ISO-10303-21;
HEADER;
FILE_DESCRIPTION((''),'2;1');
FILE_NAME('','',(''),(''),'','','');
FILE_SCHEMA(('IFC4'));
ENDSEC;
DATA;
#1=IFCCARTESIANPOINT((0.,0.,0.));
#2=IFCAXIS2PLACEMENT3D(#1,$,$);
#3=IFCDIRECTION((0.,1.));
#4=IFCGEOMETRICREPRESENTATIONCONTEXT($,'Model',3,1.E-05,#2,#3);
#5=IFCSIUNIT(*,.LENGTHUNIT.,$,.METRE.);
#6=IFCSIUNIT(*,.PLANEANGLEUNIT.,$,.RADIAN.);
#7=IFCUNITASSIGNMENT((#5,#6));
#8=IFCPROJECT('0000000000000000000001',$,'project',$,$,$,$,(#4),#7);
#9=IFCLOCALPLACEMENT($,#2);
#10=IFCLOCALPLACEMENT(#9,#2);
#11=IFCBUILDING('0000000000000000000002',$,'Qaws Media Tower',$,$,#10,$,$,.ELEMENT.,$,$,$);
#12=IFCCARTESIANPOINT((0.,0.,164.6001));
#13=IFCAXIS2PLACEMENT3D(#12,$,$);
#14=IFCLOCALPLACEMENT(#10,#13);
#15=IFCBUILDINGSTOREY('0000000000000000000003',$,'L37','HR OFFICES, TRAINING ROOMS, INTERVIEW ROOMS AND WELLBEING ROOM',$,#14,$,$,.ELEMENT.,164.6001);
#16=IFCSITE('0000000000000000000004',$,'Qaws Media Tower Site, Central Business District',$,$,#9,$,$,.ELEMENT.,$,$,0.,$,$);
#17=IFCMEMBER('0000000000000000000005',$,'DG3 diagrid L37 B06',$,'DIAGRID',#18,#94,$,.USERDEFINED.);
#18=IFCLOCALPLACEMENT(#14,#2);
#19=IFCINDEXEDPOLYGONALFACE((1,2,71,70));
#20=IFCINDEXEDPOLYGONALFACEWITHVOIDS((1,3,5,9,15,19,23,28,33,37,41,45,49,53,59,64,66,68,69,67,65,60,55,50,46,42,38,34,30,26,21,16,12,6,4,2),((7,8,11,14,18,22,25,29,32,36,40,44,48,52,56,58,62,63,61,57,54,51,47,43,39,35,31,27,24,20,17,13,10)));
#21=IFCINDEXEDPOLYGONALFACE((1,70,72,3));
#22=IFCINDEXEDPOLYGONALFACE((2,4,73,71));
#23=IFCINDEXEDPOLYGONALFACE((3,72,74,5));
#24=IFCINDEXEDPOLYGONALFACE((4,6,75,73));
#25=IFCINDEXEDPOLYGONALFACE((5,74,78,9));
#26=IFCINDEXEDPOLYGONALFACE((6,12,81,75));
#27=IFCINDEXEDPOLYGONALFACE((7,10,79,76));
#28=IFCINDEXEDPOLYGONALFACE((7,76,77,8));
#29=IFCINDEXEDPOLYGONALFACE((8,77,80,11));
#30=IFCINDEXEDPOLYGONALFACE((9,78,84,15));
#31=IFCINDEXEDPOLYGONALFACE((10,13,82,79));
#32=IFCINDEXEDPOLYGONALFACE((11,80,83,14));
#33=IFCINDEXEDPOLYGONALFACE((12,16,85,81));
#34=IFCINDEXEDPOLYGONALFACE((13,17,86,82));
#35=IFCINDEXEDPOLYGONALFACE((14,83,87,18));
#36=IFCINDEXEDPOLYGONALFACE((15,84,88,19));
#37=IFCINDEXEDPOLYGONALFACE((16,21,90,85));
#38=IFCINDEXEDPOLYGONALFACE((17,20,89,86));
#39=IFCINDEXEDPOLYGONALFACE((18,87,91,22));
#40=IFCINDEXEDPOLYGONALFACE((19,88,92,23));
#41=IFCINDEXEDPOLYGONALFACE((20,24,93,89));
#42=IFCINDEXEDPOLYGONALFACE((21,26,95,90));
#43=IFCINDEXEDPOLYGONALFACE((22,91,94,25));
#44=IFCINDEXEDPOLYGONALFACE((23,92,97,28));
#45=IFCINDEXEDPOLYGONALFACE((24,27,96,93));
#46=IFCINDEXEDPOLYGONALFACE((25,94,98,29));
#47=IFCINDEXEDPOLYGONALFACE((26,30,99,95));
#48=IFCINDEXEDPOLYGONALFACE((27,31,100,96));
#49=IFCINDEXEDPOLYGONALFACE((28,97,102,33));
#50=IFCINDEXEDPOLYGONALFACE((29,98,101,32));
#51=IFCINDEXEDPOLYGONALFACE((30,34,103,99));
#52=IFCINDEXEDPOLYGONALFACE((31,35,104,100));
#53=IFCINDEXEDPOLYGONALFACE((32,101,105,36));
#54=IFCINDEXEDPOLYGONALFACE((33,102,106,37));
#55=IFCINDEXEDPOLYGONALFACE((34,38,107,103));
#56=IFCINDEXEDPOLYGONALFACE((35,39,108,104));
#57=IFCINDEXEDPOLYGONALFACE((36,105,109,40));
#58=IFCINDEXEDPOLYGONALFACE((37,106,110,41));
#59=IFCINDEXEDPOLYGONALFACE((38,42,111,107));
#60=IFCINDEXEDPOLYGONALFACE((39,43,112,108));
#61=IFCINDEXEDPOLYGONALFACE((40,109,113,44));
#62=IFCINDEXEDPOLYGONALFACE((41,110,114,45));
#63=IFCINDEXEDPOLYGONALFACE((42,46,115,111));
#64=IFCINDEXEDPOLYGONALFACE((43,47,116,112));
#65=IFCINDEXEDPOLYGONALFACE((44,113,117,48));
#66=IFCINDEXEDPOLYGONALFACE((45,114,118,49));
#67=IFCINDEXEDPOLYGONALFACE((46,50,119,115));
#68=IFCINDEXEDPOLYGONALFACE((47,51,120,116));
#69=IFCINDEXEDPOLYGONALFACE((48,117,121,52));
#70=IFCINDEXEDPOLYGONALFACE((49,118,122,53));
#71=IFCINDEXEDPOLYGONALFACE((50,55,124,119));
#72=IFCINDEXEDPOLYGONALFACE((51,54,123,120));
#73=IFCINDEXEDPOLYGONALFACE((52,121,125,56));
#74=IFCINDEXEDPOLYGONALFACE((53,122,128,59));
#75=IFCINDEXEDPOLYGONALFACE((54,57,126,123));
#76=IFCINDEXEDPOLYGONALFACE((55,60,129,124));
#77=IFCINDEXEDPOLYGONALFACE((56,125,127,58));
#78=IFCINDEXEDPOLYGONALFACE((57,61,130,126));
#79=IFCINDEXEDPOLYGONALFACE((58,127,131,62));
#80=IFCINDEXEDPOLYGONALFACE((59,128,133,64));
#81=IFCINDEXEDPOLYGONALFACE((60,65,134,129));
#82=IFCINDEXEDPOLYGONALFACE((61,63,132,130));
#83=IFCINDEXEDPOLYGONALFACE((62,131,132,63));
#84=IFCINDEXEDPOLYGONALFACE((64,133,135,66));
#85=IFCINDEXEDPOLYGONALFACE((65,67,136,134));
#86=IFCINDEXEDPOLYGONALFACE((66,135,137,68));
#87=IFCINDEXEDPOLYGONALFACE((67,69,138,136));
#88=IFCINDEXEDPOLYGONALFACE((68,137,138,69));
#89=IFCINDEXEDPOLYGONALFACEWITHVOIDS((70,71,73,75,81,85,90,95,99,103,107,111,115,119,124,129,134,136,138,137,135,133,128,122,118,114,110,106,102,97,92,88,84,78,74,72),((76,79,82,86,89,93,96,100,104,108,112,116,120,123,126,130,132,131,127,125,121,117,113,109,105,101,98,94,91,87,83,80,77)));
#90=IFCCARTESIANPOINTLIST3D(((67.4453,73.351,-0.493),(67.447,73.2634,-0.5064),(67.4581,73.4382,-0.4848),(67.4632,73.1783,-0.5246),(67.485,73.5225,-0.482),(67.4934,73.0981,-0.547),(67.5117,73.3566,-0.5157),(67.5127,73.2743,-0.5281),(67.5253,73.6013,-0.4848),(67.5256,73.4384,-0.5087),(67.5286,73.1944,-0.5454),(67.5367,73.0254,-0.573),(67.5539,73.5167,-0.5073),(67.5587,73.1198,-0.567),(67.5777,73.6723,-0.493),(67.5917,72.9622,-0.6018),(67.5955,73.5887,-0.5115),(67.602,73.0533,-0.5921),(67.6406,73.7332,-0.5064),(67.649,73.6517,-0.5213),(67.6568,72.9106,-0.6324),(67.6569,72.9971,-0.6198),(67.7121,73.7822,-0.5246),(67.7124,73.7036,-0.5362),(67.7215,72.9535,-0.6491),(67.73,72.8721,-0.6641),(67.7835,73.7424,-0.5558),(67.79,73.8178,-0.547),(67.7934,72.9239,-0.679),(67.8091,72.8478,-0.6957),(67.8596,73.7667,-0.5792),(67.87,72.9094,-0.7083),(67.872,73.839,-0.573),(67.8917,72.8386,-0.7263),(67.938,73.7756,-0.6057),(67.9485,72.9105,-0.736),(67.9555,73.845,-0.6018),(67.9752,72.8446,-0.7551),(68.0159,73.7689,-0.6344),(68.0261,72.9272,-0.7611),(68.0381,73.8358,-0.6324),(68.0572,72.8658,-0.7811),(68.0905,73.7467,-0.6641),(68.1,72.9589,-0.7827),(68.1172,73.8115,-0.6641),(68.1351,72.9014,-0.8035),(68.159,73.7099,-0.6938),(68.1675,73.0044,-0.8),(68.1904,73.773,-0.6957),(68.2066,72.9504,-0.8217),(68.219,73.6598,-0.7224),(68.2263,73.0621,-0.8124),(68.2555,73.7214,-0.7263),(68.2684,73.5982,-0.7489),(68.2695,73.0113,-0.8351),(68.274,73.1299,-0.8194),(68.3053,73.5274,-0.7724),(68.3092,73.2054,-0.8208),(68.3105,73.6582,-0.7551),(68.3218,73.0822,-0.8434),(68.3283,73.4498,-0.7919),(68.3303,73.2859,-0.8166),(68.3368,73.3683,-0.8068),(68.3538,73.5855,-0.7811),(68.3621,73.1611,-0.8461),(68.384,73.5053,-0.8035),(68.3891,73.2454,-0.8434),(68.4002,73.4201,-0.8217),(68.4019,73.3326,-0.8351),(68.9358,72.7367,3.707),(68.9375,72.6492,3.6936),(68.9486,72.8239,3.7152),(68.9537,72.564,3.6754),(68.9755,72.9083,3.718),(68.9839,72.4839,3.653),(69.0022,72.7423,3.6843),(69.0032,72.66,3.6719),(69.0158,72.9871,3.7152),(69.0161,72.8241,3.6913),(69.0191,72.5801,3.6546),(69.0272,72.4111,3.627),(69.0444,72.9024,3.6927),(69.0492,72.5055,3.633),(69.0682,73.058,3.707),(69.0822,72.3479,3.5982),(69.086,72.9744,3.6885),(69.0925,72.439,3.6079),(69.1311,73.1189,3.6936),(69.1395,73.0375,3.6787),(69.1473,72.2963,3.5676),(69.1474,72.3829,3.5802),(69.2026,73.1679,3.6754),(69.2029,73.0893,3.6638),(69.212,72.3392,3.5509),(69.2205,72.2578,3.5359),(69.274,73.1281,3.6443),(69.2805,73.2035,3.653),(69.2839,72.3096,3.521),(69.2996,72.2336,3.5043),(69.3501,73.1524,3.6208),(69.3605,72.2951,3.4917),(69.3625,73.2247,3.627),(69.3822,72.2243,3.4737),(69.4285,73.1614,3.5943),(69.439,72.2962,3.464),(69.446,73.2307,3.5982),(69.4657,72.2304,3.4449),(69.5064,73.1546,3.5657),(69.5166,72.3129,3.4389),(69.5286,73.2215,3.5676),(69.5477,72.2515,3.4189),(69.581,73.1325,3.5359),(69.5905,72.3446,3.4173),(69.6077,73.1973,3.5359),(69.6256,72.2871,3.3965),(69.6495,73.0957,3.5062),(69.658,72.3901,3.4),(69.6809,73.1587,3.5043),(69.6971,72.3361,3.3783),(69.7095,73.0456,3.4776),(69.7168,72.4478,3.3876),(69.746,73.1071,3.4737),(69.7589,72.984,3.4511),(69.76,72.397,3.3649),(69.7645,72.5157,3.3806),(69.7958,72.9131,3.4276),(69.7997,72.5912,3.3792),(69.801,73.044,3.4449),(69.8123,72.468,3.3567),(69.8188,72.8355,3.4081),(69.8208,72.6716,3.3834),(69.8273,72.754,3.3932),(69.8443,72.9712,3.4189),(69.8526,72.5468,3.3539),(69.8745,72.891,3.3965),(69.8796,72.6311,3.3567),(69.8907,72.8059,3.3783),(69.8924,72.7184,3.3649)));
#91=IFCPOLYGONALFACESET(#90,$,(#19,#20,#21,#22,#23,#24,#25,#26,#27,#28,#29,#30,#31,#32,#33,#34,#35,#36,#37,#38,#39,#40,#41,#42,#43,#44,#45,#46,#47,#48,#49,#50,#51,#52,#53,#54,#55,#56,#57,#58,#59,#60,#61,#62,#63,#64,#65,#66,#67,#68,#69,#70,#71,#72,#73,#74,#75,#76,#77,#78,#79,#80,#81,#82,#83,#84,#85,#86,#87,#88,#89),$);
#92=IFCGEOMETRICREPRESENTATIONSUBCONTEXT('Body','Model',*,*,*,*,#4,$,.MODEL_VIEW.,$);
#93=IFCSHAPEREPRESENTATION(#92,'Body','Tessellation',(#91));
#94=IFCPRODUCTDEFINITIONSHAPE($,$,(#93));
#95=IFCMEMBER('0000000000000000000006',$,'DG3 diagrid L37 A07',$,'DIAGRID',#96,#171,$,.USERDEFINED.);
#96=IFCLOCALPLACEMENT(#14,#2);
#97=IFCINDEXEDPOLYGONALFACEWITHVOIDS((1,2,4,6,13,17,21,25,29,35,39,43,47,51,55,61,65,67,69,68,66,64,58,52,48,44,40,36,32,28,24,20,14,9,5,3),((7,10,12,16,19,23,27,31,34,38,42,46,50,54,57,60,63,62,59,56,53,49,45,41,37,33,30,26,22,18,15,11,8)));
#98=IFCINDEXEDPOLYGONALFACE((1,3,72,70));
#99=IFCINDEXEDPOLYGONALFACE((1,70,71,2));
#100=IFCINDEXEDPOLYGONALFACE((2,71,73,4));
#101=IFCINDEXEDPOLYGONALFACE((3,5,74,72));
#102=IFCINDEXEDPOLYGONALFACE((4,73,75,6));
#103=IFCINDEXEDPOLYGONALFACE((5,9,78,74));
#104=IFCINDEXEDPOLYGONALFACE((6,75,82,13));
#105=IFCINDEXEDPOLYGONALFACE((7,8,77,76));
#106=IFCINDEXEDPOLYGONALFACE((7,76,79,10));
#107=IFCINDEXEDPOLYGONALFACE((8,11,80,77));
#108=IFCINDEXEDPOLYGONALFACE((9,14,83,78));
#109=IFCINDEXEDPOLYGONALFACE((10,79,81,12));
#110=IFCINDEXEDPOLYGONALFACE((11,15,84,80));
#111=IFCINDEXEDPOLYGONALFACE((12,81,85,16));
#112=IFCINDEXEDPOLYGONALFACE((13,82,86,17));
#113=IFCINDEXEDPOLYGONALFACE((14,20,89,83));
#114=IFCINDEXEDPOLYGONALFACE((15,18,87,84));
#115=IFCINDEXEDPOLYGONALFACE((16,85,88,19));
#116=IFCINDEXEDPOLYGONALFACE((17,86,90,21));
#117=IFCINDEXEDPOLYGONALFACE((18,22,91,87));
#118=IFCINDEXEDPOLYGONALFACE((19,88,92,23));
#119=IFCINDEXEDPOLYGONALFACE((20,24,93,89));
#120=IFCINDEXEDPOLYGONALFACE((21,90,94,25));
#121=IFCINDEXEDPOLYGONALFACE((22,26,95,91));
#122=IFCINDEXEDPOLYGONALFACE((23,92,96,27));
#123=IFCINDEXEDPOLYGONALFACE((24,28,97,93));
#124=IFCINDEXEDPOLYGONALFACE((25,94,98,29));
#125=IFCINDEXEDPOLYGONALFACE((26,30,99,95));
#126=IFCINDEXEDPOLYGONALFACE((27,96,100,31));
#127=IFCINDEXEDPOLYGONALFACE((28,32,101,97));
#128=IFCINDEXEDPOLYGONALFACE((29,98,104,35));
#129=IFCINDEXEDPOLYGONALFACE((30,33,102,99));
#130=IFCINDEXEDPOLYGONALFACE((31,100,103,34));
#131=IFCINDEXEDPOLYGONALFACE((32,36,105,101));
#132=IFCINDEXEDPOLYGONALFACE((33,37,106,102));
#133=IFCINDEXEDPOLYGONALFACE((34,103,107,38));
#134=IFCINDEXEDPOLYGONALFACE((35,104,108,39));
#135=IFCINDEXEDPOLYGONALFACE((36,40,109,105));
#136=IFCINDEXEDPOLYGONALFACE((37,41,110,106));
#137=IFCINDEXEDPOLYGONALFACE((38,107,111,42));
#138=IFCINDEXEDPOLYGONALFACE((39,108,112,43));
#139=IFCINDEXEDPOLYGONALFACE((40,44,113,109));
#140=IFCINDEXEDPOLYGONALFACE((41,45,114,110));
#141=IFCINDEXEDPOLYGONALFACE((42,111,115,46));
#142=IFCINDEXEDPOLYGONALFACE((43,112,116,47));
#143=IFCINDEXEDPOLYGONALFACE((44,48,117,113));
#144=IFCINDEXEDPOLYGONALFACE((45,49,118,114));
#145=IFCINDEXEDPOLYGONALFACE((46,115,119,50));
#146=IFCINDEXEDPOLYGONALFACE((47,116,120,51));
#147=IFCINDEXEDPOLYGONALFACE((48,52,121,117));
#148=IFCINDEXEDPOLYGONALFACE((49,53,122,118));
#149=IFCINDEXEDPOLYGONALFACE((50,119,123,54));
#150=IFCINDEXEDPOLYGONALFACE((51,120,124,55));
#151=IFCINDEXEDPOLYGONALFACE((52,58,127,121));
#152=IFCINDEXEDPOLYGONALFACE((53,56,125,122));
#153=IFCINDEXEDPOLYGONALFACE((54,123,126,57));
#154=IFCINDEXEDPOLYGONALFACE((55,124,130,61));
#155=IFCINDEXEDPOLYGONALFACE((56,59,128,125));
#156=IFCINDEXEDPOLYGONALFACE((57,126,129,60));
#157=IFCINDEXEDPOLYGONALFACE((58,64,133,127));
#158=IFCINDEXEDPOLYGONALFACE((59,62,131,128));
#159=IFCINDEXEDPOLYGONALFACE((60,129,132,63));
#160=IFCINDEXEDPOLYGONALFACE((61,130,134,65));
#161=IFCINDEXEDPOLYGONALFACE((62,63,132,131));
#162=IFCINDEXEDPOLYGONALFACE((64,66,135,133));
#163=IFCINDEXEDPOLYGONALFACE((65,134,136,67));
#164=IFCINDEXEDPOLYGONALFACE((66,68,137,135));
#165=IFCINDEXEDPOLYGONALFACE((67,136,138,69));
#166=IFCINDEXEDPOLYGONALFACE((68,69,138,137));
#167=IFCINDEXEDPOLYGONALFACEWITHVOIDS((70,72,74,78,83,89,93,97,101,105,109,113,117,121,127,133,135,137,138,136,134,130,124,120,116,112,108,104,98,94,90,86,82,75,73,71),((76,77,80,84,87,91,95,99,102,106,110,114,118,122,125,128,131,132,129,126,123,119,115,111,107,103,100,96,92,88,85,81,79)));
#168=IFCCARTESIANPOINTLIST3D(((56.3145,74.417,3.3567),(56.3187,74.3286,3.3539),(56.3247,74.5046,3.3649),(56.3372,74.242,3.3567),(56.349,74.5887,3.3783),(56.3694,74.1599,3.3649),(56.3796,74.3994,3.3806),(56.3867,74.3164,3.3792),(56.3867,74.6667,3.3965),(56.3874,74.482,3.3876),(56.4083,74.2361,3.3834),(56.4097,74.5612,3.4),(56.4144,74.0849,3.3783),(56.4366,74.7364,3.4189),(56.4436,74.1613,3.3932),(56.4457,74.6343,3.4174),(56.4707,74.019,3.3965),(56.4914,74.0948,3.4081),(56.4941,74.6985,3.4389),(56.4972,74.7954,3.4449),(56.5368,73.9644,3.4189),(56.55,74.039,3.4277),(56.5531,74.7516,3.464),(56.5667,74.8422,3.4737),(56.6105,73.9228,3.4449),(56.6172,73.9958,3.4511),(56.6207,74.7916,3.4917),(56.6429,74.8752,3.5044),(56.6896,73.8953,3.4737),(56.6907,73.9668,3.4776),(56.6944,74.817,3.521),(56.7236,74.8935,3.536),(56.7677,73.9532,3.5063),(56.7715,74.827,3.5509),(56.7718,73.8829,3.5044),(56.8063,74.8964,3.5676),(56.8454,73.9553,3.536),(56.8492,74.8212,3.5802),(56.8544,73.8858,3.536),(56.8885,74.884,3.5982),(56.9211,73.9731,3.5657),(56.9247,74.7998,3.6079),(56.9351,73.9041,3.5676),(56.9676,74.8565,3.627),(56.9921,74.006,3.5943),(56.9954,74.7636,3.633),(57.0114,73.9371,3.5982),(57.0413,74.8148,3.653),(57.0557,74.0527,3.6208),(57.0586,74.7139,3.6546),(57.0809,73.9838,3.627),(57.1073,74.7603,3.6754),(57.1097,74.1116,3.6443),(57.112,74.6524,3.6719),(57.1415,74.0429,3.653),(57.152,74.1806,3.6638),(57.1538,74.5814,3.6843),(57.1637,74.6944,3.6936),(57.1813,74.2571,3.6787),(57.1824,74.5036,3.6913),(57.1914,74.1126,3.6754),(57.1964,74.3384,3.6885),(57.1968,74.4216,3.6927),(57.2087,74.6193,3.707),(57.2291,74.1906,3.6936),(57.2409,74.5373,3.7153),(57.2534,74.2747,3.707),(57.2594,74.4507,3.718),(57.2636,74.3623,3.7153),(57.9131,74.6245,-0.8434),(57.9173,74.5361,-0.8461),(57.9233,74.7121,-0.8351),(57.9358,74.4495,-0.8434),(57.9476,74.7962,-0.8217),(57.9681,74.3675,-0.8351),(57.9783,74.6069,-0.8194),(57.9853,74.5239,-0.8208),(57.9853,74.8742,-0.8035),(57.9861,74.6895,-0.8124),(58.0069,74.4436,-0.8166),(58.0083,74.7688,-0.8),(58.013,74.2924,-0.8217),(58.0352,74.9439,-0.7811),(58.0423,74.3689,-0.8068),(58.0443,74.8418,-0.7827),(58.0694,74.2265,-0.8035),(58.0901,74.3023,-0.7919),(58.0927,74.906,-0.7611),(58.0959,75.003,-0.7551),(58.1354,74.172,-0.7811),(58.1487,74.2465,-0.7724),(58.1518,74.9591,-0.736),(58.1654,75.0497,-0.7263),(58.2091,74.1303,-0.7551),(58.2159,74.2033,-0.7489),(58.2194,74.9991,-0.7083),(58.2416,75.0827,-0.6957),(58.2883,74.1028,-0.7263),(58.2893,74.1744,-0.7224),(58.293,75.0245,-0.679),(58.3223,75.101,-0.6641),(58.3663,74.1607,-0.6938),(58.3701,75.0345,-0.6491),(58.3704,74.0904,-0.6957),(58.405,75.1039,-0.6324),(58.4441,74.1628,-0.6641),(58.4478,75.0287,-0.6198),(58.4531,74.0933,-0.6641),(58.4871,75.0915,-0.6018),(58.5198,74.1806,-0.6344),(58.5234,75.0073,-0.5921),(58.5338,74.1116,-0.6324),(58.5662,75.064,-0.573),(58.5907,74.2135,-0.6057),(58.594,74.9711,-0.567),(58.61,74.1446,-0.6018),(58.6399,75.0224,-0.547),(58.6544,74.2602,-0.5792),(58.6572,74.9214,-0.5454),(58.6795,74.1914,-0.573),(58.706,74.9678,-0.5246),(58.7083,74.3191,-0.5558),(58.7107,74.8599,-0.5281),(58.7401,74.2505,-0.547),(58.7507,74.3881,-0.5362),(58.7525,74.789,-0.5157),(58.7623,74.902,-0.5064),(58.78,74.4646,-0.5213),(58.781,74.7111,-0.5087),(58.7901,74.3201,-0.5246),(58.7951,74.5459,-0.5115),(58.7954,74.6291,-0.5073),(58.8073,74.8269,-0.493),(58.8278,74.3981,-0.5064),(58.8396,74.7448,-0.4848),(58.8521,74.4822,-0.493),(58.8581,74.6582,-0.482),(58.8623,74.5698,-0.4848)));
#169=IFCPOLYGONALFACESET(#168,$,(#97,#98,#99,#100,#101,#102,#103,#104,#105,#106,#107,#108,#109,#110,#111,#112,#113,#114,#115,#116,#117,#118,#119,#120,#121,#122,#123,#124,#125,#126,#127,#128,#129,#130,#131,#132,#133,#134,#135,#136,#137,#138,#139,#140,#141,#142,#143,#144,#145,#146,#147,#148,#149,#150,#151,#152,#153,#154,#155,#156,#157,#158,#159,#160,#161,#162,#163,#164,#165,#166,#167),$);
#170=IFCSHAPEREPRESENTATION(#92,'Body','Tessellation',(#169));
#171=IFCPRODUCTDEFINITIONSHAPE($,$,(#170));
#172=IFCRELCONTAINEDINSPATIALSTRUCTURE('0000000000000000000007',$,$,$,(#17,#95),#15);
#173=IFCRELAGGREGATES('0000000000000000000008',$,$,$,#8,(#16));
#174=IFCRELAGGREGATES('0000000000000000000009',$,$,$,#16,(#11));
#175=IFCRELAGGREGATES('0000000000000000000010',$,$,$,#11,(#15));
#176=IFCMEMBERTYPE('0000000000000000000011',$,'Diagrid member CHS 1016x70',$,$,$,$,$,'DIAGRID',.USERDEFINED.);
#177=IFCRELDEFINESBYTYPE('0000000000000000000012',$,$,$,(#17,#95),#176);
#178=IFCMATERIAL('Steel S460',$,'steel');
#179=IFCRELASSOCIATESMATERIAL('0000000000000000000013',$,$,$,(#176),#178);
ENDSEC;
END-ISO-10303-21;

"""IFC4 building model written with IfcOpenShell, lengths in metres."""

from ifc_helpers import new_model, si_unit, direction, frame, origin, origin_2d, place, context, subcontext, project, spatial, hollow_circle, extrude, material, material_profile, profile_set, type_object, element, save


model = new_model("IFC4")

# Units and contexts
model_context = context("Model", 3, precision=1e-05, world=origin(), true_north=direction((0.0, 1.0)))
body_context = subcontext(model_context, "Body", "Model", "MODEL_VIEW")
ifc_project = project(units=[si_unit("LENGTHUNIT", "METRE"), si_unit("PLANEANGLEUNIT", "RADIAN")], contexts=[model_context])

# Site, building, storey
site_placement = place(None, origin())
site = spatial("IfcSite", under=ifc_project, at=site_placement, Name="Qaws Media Tower Site, Central Business District", CompositionType="ELEMENT", RefElevation=0.0)
building_placement = place(site_placement, origin())
building = spatial("IfcBuilding", under=site, at=building_placement, Name="Qaws Media Tower", CompositionType="ELEMENT")
storey_placement = place(building_placement, frame((0.0, 0.0, 164.6001)))
storey = spatial("IfcBuildingStorey", under=building, at=storey_placement, Name="L37", Description="HR OFFICES, TRAINING ROOMS, INTERVIEW ROOMS AND WELLBEING ROOM", CompositionType="ELEMENT", Elevation=164.6001)

# Members
ifc_material_1 = material(Name="Steel S460", Category="steel")
ifc_material_profile_1 = material_profile(ifc_material_1, hollow_circle(Radius=0.5081, WallThickness=0.0701, at=origin_2d()), Name="CHS 1016x70")
ifc_profile_set_1 = profile_set([ifc_material_profile_1], Name="Steel S460")
member_type_1 = type_object("IfcMemberType", Name="Diagrid member CHS 1016x70", ElementType="DIAGRID", PredefinedType="USERDEFINED", material=ifc_profile_set_1)
for number, where, z_axis, x_axis, name in (
    (1, (67.9236, 73.3418, -0.6641), (0.331312, -0.136541, 0.933589), (0.381032, 0.924562, 0.0), "DG3 diagrid L37 B06"),
    (2, (58.3877, 74.5972, -0.6641), (-0.355355, -0.046129, 0.933593), (0.128731, -0.99168, 0.0), "DG3 diagrid L37 A07"),
):
    element("IfcMember", number, at=place(storey_placement, frame(where, z_axis=z_axis, x_axis=x_axis)), inside=storey, type_object=member_type_1, Name=name, ObjectType="DIAGRID", PredefinedType="USERDEFINED", context=body_context, shape_type="SweptSolid", body=[
        extrude(hollow_circle(Radius=0.5081, WallThickness=0.0701, at=origin_2d()), origin(), (0.0, 0.0, 1.0), 4.4988),
    ])

save(model, "model.ifc")
